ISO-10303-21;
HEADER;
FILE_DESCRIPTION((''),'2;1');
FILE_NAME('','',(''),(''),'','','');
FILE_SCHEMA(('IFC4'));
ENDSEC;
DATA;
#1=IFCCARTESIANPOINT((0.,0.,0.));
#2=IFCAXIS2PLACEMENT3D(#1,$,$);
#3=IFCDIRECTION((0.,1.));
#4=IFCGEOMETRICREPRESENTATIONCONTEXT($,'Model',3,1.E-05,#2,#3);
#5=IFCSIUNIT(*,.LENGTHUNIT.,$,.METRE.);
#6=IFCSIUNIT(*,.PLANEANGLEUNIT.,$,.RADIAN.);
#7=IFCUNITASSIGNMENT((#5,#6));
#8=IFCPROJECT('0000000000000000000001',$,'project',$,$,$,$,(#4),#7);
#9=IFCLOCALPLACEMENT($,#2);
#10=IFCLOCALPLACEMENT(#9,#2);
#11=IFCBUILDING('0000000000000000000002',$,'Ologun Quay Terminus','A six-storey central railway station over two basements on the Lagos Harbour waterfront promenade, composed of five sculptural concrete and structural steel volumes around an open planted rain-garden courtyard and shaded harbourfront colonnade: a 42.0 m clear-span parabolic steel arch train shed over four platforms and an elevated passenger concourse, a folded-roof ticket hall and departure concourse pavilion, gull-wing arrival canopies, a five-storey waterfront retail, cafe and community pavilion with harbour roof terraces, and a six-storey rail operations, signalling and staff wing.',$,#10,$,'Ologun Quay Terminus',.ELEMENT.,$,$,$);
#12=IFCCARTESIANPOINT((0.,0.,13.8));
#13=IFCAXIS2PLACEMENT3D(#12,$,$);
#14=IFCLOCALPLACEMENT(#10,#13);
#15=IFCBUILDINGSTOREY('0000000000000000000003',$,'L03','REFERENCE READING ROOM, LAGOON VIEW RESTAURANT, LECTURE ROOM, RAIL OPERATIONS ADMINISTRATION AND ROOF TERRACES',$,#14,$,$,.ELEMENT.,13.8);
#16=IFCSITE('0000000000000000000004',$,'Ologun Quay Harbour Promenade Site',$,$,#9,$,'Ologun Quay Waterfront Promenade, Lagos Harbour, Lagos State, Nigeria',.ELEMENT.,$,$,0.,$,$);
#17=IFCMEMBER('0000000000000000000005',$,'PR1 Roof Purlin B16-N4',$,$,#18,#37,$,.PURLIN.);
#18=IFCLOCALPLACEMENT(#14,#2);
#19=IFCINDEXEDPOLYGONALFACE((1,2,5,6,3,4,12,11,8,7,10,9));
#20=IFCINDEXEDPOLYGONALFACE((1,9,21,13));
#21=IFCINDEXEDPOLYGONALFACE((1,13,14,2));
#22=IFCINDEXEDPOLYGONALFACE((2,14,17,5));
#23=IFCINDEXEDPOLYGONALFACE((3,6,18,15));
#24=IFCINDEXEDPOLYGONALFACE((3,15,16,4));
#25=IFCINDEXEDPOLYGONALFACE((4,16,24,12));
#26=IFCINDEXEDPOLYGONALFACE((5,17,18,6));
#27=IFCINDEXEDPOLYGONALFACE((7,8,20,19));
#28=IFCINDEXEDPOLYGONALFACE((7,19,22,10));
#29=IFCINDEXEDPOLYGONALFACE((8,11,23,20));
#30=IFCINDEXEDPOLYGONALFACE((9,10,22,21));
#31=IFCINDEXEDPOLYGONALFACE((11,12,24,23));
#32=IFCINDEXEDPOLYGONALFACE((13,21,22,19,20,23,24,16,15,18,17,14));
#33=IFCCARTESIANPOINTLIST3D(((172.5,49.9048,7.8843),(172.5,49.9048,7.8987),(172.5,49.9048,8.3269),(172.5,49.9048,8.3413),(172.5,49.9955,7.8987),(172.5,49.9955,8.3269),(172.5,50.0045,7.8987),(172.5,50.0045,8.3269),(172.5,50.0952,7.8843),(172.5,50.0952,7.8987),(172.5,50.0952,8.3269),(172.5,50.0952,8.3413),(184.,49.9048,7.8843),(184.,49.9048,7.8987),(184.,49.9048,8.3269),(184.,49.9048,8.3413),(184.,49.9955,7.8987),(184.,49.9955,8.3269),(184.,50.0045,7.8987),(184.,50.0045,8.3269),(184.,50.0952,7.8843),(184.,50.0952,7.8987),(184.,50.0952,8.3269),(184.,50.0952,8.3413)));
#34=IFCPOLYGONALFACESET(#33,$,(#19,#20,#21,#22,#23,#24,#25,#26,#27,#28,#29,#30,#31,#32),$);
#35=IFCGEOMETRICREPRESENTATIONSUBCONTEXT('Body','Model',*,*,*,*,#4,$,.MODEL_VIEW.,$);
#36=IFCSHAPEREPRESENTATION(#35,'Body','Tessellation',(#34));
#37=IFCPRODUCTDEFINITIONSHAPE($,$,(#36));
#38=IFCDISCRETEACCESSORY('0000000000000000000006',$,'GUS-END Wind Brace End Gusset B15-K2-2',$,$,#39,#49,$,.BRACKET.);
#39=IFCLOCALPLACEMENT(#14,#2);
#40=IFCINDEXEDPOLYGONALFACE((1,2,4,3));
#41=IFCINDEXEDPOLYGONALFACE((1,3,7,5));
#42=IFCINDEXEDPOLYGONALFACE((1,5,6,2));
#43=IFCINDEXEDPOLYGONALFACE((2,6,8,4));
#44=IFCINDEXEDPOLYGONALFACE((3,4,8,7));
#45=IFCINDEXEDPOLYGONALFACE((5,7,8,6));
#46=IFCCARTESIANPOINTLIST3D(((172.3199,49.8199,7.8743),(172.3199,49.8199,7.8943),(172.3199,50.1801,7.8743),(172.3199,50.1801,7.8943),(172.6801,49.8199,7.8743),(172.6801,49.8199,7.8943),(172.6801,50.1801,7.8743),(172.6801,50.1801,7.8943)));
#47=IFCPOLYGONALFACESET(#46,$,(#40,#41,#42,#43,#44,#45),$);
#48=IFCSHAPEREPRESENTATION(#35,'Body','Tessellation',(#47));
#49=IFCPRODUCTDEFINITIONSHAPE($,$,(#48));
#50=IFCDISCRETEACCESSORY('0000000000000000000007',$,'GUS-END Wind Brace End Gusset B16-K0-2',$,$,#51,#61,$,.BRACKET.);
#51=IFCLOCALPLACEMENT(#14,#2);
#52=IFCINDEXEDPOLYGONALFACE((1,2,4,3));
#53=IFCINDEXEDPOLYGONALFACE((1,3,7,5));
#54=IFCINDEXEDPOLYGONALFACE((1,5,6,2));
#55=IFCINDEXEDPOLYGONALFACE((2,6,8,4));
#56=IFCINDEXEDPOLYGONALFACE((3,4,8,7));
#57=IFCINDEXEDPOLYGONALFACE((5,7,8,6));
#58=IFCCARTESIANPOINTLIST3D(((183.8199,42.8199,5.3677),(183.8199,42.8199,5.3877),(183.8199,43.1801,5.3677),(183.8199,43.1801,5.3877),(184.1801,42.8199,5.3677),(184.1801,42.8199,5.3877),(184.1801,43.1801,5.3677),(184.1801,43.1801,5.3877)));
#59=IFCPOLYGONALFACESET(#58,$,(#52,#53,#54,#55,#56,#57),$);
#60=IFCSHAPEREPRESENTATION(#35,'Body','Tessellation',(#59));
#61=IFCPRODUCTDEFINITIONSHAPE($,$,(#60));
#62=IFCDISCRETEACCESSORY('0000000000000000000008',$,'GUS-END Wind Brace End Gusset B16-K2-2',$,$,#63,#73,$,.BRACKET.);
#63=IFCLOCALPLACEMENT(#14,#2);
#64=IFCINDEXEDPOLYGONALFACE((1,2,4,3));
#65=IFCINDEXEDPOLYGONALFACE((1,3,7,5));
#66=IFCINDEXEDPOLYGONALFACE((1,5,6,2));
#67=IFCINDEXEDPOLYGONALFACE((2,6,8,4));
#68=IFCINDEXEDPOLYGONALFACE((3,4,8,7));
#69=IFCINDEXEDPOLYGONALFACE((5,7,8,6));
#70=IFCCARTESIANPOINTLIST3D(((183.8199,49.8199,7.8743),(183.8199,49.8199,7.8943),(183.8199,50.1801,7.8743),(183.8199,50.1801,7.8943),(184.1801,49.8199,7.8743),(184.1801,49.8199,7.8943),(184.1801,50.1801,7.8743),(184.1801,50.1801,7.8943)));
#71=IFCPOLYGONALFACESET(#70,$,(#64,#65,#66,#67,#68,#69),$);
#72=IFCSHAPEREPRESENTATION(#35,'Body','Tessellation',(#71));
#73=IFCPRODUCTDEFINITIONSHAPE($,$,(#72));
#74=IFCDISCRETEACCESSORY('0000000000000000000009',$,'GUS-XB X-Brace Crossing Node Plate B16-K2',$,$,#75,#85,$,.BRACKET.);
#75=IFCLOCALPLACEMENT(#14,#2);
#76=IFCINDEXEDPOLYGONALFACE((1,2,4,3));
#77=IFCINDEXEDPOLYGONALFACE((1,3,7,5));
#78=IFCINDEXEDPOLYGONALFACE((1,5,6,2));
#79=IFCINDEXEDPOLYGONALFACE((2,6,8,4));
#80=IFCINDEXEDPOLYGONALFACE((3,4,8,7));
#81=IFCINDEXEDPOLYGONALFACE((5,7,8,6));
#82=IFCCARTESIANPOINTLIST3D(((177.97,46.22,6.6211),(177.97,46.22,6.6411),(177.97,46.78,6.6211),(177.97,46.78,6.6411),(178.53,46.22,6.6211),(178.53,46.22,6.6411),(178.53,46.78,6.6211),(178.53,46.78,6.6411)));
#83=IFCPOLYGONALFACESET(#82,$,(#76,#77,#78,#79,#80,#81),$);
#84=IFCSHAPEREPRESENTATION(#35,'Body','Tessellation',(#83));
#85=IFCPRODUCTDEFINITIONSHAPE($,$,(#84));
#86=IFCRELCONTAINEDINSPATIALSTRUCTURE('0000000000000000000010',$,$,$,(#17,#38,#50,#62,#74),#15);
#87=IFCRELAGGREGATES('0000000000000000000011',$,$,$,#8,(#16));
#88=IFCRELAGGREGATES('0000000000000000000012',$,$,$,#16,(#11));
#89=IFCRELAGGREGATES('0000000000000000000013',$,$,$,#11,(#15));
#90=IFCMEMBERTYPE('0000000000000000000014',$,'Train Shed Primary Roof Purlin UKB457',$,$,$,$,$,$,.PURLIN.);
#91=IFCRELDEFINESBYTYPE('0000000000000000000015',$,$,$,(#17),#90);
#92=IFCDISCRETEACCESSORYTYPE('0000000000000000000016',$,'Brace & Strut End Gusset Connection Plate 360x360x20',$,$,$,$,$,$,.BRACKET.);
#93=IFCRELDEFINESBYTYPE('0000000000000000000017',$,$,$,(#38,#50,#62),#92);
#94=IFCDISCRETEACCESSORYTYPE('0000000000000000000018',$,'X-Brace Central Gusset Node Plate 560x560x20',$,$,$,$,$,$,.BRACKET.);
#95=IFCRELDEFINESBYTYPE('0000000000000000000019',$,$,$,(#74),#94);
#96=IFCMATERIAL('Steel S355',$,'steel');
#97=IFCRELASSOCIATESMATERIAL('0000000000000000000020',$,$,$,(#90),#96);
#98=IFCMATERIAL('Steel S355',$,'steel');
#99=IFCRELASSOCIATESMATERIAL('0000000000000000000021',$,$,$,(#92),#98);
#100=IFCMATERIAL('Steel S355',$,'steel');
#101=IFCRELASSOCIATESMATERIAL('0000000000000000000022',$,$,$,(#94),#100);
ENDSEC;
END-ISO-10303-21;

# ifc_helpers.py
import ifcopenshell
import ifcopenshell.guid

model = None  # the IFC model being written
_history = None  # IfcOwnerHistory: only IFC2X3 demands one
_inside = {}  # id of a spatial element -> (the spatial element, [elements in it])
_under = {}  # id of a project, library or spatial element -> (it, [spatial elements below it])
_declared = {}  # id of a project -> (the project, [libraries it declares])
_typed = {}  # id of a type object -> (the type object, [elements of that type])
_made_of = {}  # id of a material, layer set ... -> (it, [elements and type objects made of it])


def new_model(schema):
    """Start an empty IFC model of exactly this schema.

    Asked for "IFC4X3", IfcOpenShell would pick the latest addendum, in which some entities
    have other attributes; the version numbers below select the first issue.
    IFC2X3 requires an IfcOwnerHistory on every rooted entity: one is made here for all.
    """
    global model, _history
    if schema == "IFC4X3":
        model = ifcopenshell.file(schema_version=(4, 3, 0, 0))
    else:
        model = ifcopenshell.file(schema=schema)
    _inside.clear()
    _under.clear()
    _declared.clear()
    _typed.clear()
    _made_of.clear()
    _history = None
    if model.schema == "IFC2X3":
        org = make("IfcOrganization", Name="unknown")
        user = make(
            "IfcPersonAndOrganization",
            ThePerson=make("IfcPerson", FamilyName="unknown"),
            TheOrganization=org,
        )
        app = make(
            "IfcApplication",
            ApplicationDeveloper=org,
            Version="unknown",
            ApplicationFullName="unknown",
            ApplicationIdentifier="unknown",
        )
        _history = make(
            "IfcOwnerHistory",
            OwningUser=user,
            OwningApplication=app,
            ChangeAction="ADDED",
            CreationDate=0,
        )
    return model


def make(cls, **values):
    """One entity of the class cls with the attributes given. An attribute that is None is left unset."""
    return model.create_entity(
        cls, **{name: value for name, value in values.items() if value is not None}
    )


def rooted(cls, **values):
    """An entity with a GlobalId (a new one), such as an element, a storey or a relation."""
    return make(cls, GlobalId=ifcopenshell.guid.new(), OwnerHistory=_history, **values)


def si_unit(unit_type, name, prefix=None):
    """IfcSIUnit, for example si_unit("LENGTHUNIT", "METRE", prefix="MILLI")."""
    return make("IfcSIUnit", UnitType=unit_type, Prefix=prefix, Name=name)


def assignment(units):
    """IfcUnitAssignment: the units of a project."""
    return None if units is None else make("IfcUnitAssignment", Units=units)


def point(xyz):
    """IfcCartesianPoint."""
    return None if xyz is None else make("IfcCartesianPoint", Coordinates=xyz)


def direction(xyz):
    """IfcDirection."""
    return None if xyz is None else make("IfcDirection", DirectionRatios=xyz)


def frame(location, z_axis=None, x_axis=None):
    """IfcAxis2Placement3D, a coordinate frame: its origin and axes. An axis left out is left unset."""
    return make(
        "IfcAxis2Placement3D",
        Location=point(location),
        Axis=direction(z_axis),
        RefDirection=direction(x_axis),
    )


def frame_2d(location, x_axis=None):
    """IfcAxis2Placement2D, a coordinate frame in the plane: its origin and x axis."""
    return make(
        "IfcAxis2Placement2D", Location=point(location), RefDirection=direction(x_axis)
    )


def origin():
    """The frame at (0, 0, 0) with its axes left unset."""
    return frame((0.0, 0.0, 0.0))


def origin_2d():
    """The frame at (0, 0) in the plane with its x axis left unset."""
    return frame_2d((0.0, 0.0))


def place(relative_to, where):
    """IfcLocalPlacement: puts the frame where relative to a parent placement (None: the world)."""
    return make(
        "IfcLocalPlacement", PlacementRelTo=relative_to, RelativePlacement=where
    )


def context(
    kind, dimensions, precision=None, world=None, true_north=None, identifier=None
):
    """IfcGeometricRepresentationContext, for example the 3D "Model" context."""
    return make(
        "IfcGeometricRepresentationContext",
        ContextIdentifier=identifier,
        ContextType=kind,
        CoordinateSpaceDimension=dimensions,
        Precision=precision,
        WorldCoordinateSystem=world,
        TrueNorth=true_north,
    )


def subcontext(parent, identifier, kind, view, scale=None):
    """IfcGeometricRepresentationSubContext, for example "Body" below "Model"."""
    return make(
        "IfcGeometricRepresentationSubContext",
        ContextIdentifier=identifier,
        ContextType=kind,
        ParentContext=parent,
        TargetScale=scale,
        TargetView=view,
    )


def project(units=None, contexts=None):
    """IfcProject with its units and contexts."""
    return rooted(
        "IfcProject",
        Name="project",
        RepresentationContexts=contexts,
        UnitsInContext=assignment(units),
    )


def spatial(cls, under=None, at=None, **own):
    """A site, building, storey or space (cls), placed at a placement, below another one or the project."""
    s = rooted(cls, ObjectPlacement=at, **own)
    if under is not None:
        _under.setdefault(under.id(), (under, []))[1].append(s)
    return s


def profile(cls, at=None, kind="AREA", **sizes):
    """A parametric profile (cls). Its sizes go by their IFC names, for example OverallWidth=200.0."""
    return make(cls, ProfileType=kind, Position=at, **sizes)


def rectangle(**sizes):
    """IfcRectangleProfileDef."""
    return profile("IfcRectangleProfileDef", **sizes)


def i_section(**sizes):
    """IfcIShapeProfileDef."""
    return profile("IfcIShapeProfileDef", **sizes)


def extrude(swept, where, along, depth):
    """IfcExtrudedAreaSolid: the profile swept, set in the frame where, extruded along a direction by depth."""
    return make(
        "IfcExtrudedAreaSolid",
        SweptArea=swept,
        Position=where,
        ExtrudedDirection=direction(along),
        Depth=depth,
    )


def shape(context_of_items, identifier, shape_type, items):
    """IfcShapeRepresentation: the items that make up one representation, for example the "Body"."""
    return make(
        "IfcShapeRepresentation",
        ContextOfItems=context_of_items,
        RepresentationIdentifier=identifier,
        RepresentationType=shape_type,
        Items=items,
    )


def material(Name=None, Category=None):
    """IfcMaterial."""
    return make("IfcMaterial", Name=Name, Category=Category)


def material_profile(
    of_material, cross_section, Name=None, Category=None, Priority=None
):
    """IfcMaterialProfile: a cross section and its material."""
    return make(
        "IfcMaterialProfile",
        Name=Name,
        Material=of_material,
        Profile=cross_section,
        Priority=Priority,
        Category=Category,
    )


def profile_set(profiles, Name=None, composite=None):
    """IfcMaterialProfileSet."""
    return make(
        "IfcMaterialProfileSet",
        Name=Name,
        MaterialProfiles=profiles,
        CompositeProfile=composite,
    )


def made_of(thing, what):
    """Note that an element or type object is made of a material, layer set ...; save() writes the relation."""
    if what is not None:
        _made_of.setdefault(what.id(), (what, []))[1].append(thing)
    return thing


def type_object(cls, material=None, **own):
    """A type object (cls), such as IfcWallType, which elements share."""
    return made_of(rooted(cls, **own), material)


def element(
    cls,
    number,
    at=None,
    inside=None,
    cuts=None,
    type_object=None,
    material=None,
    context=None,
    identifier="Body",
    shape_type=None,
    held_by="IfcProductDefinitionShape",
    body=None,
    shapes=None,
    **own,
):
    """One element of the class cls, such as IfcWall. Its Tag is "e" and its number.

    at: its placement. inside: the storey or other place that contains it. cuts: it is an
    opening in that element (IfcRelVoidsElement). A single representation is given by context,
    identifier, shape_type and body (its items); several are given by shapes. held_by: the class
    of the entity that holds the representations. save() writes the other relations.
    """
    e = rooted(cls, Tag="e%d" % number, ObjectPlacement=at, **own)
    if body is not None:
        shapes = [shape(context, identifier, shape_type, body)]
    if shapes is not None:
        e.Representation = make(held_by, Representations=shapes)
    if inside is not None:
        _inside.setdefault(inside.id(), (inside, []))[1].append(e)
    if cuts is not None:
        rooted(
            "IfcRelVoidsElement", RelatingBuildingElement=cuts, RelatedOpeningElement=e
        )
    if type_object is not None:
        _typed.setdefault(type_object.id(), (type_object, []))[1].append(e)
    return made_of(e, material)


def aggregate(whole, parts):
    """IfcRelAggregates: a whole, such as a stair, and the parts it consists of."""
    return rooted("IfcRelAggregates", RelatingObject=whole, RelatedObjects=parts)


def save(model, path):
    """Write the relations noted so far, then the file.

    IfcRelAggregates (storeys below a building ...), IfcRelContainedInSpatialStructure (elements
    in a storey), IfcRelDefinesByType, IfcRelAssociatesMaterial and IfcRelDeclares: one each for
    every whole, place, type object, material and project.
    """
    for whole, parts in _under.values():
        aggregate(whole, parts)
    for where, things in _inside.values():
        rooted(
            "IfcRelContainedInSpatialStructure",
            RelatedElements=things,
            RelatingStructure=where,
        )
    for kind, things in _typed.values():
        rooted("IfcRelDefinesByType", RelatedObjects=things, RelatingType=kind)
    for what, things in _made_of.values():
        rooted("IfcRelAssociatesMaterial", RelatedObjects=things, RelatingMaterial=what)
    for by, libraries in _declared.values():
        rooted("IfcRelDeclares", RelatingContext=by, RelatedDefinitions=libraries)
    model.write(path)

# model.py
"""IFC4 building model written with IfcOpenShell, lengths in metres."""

from ifc_helpers import new_model, si_unit, direction, frame, origin, origin_2d, place, context, subcontext, project, spatial, rectangle, i_section, extrude, material, material_profile, profile_set, type_object, element, save


model = new_model("IFC4")

# Units and contexts
model_context = context("Model", 3, precision=1e-05, world=origin(), true_north=direction((0.0, 1.0)))
body_context = subcontext(model_context, "Body", "Model", "MODEL_VIEW")
ifc_project = project(units=[si_unit("LENGTHUNIT", "METRE"), si_unit("PLANEANGLEUNIT", "RADIAN")], contexts=[model_context])

# Site, building, storey
site_placement = place(None, origin())
site = spatial("IfcSite", under=ifc_project, at=site_placement, Name="Ologun Quay Harbour Promenade Site", LongName="Ologun Quay Waterfront Promenade, Lagos Harbour, Lagos State, Nigeria", CompositionType="ELEMENT", RefElevation=0.0)
building_placement = place(site_placement, origin())
building = spatial("IfcBuilding", under=site, at=building_placement, Name="Ologun Quay Terminus", Description="A six-storey central railway station over two basements on the Lagos Harbour waterfront promenade, composed of five sculptural concrete and structural steel volumes around an open planted rain-garden courtyard and shaded harbourfront colonnade: a 42.0 m clear-span parabolic steel arch train shed over four platforms and an elevated passenger concourse, a folded-roof ticket hall and departure concourse pavilion, gull-wing arrival canopies, a five-storey waterfront retail, cafe and community pavilion with harbour roof terraces, and a six-storey rail operations, signalling and staff wing.", LongName="Ologun Quay Terminus", CompositionType="ELEMENT")
storey_placement = place(building_placement, frame((0.0, 0.0, 13.8)))
storey = spatial("IfcBuildingStorey", under=building, at=storey_placement, Name="L03", Description="REFERENCE READING ROOM, LAGOON VIEW RESTAURANT, LECTURE ROOM, RAIL OPERATIONS ADMINISTRATION AND ROOF TERRACES", CompositionType="ELEMENT", Elevation=13.8)

# Member
ifc_material_1 = material(Name="Steel S355", Category="steel")
ifc_material_profile_1 = material_profile(ifc_material_1, i_section(OverallWidth=0.1904, OverallDepth=0.457, WebThickness=0.009, FlangeThickness=0.0144, at=origin_2d()), Name="UKB 457x191x74")
ifc_profile_set_1 = profile_set([ifc_material_profile_1], Name="Steel S355")
member_type_1 = type_object("IfcMemberType", Name="Train Shed Primary Roof Purlin UKB457", PredefinedType="PURLIN", material=ifc_profile_set_1)
member_1_placement = place(storey_placement, frame((172.5, 50.0, 8.1128), z_axis=(1.0, 0.0, 0.0), x_axis=(0.0, 1.0, 0.0)))
element("IfcMember", 1, at=member_1_placement, inside=storey, type_object=member_type_1, Name="PR1 Roof Purlin B16-N4", PredefinedType="PURLIN", context=body_context, shape_type="SweptSolid", body=[
    extrude(i_section(OverallWidth=0.1904, OverallDepth=0.457, WebThickness=0.009, FlangeThickness=0.0144, at=origin_2d()), origin(), (0.0, 0.0, 1.0), 11.5),
])

# Discrete accessories
ifc_material_2 = material(Name="Steel S355", Category="steel")
discrete_accessory_type_1 = type_object("IfcDiscreteAccessoryType", Name="Brace & Strut End Gusset Connection Plate 360x360x20", PredefinedType="BRACKET", material=ifc_material_2)
for number, where, z_axis, x_axis, name in (
    (2, (172.5, 50.0, 7.8743), (0.0, 0.0, 1.0), (1.0, 0.0, 0.0), "GUS-END Wind Brace End Gusset B15-K2-2"),
    (3, (184.0, 43.0, 5.3677), (0.0, 0.0, 1.0), (1.0, 0.0, 0.0), "GUS-END Wind Brace End Gusset B16-K0-2"),
    (4, (184.0, 50.0, 7.8743), (0.0, 0.0, 1.0), (1.0, 0.0, 0.0), "GUS-END Wind Brace End Gusset B16-K2-2"),
):
    element("IfcDiscreteAccessory", number, at=place(storey_placement, frame(where, z_axis=z_axis, x_axis=x_axis)), inside=storey, type_object=discrete_accessory_type_1, Name=name, PredefinedType="BRACKET", context=body_context, shape_type="SweptSolid", body=[
        extrude(rectangle(XDim=0.3601, YDim=0.3601, at=origin_2d()), origin(), (0.0, 0.0, 1.0), 0.02),
    ])
ifc_material_3 = material(Name="Steel S355", Category="steel")
discrete_accessory_type_2 = type_object("IfcDiscreteAccessoryType", Name="X-Brace Central Gusset Node Plate 560x560x20", PredefinedType="BRACKET", material=ifc_material_3)
discrete_accessory_placement = place(storey_placement, frame((178.25, 46.5, 6.6211), z_axis=(0.0, 0.0, 1.0), x_axis=(1.0, 0.0, 0.0)))
element("IfcDiscreteAccessory", 5, at=discrete_accessory_placement, inside=storey, type_object=discrete_accessory_type_2, Name="GUS-XB X-Brace Crossing Node Plate B16-K2", PredefinedType="BRACKET", context=body_context, shape_type="SweptSolid", body=[
    extrude(rectangle(XDim=0.5601, YDim=0.5601, at=origin_2d()), origin(), (0.0, 0.0, 1.0), 0.02),
])

save(model, "model.ifc")
